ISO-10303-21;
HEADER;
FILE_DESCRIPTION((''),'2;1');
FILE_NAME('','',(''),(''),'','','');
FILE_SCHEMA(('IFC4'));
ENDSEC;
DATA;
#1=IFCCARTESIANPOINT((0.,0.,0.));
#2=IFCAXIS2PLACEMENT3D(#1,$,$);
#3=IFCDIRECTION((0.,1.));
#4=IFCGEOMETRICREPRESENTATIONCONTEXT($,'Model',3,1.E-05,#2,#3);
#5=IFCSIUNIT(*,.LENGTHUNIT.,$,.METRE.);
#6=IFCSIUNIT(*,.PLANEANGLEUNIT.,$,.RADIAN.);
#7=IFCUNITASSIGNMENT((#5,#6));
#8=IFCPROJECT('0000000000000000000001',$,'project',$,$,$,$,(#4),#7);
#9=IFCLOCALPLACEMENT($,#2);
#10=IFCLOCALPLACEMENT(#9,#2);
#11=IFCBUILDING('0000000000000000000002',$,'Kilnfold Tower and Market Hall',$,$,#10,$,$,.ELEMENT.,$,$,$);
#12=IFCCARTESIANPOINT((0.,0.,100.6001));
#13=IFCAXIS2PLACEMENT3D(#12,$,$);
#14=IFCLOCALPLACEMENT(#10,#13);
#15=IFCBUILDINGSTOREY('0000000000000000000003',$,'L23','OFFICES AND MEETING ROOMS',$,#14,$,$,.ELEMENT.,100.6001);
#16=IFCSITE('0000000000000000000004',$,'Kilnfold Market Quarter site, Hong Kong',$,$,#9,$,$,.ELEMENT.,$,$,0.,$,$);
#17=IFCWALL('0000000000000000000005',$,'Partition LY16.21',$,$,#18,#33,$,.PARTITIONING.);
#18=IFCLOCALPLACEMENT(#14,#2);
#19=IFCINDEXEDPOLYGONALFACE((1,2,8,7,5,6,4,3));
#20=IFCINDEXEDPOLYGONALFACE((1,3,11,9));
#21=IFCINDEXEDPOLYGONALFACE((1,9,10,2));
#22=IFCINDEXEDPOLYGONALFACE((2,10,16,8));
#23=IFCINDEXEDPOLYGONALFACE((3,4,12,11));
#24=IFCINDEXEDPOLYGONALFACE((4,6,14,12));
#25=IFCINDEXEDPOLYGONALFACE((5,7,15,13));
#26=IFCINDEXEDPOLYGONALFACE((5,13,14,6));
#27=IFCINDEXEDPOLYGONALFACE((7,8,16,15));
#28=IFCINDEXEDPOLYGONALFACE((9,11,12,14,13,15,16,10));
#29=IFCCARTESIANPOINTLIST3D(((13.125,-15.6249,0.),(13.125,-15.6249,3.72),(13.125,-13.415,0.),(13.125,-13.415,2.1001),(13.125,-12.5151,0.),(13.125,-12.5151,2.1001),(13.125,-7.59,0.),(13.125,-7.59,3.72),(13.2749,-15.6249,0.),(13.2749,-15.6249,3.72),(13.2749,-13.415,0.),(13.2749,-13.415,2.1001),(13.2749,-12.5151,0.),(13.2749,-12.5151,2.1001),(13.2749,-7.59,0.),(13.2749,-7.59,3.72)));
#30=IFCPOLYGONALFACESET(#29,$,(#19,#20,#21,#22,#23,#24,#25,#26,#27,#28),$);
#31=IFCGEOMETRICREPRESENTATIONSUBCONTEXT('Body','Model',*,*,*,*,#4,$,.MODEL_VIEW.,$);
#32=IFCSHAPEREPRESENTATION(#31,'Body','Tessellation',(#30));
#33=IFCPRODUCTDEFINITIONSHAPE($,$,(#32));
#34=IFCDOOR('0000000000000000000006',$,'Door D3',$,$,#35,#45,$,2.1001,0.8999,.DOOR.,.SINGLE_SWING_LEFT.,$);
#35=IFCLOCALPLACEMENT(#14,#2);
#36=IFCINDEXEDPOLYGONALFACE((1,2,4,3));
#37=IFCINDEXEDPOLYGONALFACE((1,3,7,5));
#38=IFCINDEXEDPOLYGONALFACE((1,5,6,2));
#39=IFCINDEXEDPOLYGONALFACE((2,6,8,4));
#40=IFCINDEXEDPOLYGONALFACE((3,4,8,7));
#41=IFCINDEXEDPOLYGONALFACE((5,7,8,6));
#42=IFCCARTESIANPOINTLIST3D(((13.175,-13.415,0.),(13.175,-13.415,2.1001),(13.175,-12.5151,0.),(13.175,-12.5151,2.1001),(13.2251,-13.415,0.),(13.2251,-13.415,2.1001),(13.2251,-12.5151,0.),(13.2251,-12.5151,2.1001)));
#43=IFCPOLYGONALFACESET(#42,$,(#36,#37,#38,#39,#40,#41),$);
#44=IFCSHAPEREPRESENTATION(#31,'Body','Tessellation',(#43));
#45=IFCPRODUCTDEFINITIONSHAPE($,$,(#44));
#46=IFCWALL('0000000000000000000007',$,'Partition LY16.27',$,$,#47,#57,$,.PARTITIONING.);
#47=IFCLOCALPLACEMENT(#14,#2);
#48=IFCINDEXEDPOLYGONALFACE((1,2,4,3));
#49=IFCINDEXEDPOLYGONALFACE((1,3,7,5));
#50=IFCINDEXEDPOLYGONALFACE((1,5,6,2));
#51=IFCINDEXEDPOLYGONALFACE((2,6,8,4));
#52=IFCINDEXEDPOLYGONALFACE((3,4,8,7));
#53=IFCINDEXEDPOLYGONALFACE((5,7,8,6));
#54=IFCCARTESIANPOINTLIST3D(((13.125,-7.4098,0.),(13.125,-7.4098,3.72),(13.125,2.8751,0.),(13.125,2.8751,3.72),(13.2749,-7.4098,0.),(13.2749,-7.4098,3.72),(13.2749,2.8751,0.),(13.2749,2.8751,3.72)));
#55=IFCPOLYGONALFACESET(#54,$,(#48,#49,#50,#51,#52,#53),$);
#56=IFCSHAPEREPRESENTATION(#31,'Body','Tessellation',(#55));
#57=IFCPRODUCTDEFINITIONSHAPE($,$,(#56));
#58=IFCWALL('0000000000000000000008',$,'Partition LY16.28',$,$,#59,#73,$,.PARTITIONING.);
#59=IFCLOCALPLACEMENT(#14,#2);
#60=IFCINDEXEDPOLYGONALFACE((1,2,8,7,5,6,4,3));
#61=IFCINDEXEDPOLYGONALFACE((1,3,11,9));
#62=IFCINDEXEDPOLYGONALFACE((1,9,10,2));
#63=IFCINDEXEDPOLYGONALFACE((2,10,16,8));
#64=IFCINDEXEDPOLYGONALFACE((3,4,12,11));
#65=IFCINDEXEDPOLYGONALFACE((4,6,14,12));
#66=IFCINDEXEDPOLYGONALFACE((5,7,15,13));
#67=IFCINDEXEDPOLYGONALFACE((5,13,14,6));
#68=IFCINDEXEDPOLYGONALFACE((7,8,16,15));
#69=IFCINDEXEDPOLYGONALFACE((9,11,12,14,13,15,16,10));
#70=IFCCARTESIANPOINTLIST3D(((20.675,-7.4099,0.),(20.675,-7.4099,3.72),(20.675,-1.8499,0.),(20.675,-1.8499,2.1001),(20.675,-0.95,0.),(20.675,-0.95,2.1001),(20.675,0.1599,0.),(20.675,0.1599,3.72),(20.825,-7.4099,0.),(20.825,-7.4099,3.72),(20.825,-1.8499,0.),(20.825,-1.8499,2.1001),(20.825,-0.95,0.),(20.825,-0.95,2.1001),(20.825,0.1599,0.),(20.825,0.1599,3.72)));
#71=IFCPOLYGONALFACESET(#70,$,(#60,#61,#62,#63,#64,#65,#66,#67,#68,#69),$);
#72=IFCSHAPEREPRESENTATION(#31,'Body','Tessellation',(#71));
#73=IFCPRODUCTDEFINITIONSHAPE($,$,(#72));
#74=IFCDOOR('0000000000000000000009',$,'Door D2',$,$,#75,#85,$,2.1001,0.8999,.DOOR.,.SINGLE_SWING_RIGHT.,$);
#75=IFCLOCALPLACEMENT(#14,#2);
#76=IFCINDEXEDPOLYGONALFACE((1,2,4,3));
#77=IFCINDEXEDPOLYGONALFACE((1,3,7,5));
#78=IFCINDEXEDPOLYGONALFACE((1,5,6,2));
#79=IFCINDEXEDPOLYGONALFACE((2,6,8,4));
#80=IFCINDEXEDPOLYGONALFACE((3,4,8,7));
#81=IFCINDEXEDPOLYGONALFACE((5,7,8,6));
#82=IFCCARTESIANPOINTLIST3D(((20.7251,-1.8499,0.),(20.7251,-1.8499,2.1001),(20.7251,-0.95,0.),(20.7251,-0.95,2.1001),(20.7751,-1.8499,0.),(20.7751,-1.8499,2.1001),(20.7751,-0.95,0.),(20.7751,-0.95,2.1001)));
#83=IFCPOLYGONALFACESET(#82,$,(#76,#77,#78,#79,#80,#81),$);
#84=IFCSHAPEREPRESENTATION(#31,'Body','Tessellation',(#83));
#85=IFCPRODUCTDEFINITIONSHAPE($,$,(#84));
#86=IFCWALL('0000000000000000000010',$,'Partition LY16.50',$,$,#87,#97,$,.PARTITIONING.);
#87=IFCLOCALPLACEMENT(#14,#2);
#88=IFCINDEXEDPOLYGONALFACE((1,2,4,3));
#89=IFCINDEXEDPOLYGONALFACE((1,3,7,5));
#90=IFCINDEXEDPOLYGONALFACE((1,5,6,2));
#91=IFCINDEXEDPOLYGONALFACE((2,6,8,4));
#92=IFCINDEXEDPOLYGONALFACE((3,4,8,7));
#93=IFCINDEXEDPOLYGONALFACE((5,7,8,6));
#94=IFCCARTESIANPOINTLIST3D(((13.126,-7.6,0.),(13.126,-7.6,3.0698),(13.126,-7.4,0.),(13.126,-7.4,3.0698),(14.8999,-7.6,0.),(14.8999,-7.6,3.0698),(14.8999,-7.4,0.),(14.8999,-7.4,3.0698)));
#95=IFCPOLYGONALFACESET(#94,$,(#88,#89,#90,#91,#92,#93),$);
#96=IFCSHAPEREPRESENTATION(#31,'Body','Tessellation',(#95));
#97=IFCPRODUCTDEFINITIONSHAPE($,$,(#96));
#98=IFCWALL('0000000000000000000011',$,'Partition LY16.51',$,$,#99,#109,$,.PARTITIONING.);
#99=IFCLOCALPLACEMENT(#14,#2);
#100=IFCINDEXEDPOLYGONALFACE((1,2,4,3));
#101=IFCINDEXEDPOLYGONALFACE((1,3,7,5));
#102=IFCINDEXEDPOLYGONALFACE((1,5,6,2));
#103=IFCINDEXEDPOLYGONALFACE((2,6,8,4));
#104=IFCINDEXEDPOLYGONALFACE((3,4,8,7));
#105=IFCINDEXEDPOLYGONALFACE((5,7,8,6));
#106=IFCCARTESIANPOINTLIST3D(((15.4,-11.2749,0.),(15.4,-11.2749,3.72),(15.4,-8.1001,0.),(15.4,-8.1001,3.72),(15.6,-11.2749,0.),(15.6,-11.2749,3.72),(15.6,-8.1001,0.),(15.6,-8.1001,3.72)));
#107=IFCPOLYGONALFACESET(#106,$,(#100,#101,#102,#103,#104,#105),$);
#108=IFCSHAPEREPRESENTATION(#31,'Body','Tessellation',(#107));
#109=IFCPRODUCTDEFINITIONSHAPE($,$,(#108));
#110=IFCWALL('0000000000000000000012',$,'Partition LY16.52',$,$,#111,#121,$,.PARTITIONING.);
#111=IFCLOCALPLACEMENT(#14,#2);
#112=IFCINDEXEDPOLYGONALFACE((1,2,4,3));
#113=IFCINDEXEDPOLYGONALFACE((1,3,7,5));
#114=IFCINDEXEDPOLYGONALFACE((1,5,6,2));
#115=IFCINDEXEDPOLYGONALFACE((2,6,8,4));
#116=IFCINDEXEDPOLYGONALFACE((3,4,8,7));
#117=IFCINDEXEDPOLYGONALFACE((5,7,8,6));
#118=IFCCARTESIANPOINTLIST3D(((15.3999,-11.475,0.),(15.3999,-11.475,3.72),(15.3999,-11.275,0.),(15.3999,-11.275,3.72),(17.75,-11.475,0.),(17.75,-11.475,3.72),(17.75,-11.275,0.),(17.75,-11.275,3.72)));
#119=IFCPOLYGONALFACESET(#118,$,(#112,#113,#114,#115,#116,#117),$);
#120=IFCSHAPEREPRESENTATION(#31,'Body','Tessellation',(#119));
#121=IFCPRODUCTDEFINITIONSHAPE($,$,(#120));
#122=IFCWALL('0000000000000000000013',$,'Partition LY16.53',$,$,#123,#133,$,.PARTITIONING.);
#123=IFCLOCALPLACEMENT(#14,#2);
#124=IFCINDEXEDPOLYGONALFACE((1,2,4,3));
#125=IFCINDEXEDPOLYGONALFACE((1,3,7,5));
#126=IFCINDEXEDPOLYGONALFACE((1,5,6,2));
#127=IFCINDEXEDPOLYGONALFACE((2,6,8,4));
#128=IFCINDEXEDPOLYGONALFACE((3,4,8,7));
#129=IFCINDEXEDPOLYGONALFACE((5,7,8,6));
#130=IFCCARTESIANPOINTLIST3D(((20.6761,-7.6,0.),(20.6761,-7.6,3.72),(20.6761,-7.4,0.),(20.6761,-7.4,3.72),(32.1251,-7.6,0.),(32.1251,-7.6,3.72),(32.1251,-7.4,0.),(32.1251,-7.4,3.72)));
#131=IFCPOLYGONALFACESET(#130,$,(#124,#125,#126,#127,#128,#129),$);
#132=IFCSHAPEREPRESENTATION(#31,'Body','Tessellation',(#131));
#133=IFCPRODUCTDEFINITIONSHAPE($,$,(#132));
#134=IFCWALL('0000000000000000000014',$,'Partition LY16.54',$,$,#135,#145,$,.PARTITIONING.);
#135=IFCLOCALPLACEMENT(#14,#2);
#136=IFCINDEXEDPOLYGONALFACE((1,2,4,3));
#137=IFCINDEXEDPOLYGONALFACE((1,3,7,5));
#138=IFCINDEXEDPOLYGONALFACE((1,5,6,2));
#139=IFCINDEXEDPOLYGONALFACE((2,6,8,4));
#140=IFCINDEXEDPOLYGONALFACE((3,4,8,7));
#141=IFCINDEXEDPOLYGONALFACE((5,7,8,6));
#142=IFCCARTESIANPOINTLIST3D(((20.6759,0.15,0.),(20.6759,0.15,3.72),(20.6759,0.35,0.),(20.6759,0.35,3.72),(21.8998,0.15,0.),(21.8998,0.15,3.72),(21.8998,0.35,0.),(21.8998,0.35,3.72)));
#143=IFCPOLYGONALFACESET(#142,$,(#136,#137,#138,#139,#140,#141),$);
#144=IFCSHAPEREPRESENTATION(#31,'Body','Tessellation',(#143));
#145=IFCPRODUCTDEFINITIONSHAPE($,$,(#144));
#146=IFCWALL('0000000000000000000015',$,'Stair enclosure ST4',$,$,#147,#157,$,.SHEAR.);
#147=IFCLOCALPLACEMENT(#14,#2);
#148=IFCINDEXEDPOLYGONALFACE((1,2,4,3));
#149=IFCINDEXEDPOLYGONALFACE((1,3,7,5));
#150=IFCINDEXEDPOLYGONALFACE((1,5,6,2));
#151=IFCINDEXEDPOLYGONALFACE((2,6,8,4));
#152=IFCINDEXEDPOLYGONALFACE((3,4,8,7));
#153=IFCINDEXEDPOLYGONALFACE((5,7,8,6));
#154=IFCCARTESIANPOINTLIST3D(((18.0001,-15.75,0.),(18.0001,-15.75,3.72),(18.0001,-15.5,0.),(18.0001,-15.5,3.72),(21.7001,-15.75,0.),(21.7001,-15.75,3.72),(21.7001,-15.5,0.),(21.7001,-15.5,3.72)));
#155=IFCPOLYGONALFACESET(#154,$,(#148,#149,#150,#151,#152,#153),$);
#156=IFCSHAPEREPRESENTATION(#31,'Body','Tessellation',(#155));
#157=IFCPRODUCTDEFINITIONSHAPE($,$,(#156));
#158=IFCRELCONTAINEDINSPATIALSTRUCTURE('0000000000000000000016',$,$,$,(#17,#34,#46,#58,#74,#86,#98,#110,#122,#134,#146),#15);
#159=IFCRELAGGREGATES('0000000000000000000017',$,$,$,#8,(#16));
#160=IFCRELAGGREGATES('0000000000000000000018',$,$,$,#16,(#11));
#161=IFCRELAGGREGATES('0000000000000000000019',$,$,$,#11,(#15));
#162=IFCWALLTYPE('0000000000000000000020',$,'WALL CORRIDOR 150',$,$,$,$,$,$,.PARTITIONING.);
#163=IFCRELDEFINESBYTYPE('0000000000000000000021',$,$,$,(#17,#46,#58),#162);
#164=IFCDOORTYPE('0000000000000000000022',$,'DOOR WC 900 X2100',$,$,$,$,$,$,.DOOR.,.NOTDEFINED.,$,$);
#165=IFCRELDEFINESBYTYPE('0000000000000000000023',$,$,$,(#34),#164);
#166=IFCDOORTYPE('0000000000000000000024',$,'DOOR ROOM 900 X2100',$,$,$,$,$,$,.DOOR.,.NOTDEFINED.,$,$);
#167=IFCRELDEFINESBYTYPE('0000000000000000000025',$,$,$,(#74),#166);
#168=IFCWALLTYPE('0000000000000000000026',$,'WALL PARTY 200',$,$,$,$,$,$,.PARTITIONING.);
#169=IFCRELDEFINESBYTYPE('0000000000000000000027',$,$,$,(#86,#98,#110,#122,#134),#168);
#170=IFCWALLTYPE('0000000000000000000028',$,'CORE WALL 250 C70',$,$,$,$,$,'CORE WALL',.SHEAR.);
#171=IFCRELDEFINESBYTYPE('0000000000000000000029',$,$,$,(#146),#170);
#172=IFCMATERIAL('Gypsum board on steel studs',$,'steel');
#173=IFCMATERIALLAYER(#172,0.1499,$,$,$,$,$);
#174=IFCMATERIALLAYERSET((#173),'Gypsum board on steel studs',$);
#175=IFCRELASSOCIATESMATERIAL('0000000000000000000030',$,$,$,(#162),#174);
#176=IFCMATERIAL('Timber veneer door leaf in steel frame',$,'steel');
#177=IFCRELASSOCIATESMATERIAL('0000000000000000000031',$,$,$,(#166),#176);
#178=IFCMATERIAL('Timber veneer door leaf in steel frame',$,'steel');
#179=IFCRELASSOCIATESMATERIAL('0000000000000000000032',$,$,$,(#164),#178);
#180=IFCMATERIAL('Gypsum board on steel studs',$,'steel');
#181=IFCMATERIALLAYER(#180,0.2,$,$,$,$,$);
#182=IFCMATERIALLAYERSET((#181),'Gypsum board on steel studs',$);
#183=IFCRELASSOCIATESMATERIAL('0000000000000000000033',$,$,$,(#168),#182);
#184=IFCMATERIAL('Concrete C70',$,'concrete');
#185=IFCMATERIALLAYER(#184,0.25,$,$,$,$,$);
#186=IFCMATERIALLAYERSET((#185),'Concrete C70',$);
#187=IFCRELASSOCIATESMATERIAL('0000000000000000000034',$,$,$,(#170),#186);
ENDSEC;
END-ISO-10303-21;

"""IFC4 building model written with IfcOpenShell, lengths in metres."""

from ifc_helpers import new_model, si_unit, direction, frame, frame_2d, origin, place, context, subcontext, project, spatial, rectangle, extrude, source, transform, mapped, material, layer, layer_set, type_object, element, fill, save


model = new_model("IFC4")

# Units and contexts
model_context = context("Model", 3, precision=1e-05, world=origin(), true_north=direction((0.0, 1.0)))
body_context = subcontext(model_context, "Body", "Model", "MODEL_VIEW")
ifc_project = project(units=[si_unit("LENGTHUNIT", "METRE"), si_unit("PLANEANGLEUNIT", "RADIAN")], contexts=[model_context])

# Site, building, storey
site_placement = place(None, origin())
site = spatial("IfcSite", under=ifc_project, at=site_placement, Name="Kilnfold Market Quarter site, Hong Kong", CompositionType="ELEMENT", RefElevation=0.0)
building_placement = place(site_placement, origin())
building = spatial("IfcBuilding", under=site, at=building_placement, Name="Kilnfold Tower and Market Hall", CompositionType="ELEMENT")
storey_placement = place(building_placement, frame((0.0, 0.0, 100.6001)))
storey = spatial("IfcBuildingStorey", under=building, at=storey_placement, Name="L23", Description="OFFICES AND MEETING ROOMS", CompositionType="ELEMENT", Elevation=100.6001)

# Shared definitions
ifc_material_1 = material(Name="Gypsum board on steel studs", Category="steel")
ifc_layer_1 = layer(ifc_material_1, 0.1499)
ifc_layer_set_1 = layer_set([ifc_layer_1], Name="Gypsum board on steel studs")
wall_type_1 = type_object("IfcWallType", Name="WALL CORRIDOR 150", PredefinedType="PARTITIONING", material=ifc_layer_set_1)

# Shared definitions
ifc_material_2 = material(Name="Timber veneer door leaf in steel frame", Category="steel")
door_type_1 = type_object("IfcDoorType", Name="DOOR ROOM 900 X2100", OperationType="NOTDEFINED", PredefinedType="DOOR", material=ifc_material_2)

# Wall, opening, door
wall_1_placement = place(storey_placement, frame((13.2, -15.625, 0.0), z_axis=(0.0, 0.0, 1.0), x_axis=(0.0, 1.0, 0.0)))
wall_1 = element("IfcWall", 1, at=wall_1_placement, inside=storey, type_object=wall_type_1, Name="Partition LY16.21", PredefinedType="PARTITIONING", context=body_context, shape_type="SweptSolid", body=[
    extrude(rectangle(XDim=8.0349, YDim=0.1499, at=frame_2d((4.0176, 0.0))), origin(), (0.0, 0.0, 1.0), 3.72),
])
opening_1_placement = place(wall_1_placement, frame((2.21, 0.0, 0.0)))
opening_1 = element("IfcOpeningElement", 2, at=opening_1_placement, cuts=wall_1, PredefinedType="OPENING", context=body_context, shape_type="SweptSolid", body=[
    extrude(rectangle(XDim=0.8999, YDim=2.1001, at=frame_2d((0.45, 1.05))), frame((0.0, 0.085, 0.0), z_axis=(0.0, -1.0, 0.0), x_axis=(1.0, 0.0, 0.0)), (0.0, 0.0, 1.0), 0.1699),
])
ifc_material_3 = material(Name="Timber veneer door leaf in steel frame", Category="steel")
door_type_2 = type_object("IfcDoorType", Name="DOOR WC 900 X2100", OperationType="NOTDEFINED", PredefinedType="DOOR", material=ifc_material_3)
door_1_placement = place(opening_1_placement, origin())
door_1 = element("IfcDoor", 3, at=door_1_placement, inside=storey, type_object=door_type_2, Name="Door D3", OperationType="SINGLE_SWING_LEFT", OverallHeight=2.1001, OverallWidth=0.8999, PredefinedType="DOOR", context=body_context, shape_type="SweptSolid", body=[
    extrude(rectangle(XDim=0.8999, YDim=2.1001, at=frame_2d((0.45, 1.05))), frame((0.0, 0.0249, 0.0), z_axis=(0.0, -1.0, 0.0), x_axis=(1.0, 0.0, 0.0)), (0.0, 0.0, 1.0), 0.05),
])
fill(opening_1, door_1)

# Wall
wall_2_placement = place(storey_placement, frame((13.2, -7.4099, 0.0), z_axis=(0.0, 0.0, 1.0), x_axis=(0.0, 1.0, 0.0)))
element("IfcWall", 4, at=wall_2_placement, inside=storey, type_object=wall_type_1, Name="Partition LY16.27", PredefinedType="PARTITIONING", context=body_context, shape_type="SweptSolid", body=[
    extrude(rectangle(XDim=10.2849, YDim=0.1499, at=frame_2d((5.1426, 0.0))), origin(), (0.0, 0.0, 1.0), 3.72),
])

# Wall, opening, door
wall_3_placement = place(storey_placement, frame((20.75, -7.4099, 0.0), z_axis=(0.0, 0.0, 1.0), x_axis=(0.0, 1.0, 0.0)))
wall_3 = element("IfcWall", 5, at=wall_3_placement, inside=storey, type_object=wall_type_1, Name="Partition LY16.28", PredefinedType="PARTITIONING", context=body_context, shape_type="SweptSolid", body=[
    extrude(rectangle(XDim=7.5698, YDim=0.1499, at=frame_2d((3.7849, 0.0))), origin(), (0.0, 0.0, 1.0), 3.72),
])
opening_2_placement = place(wall_3_placement, frame((5.5601, 0.0, 0.0)))
opening_2 = element("IfcOpeningElement", 6, at=opening_2_placement, cuts=wall_3, PredefinedType="OPENING", context=body_context, shape_type="SweptSolid", body=[
    extrude(rectangle(XDim=0.8999, YDim=2.1001, at=frame_2d((0.45, 1.05))), frame((0.0, 0.085, 0.0), z_axis=(0.0, -1.0, 0.0), x_axis=(1.0, 0.0, 0.0)), (0.0, 0.0, 1.0), 0.1699),
])
door_2_placement = place(opening_2_placement, origin())
door_2 = element("IfcDoor", 7, at=door_2_placement, inside=storey, type_object=door_type_1, Name="Door D2", OperationType="SINGLE_SWING_RIGHT", OverallHeight=2.1001, OverallWidth=0.8999, PredefinedType="DOOR", context=body_context, shape_type="SweptSolid", body=[
    extrude(rectangle(XDim=0.8999, YDim=2.1001, at=frame_2d((0.45, 1.05))), frame((0.0, 0.0249, 0.0), z_axis=(0.0, -1.0, 0.0), x_axis=(1.0, 0.0, 0.0)), (0.0, 0.0, 1.0), 0.05),
])
fill(opening_2, door_2)

# Walls
ifc_material_4 = material(Name="Gypsum board on steel studs", Category="steel")
ifc_layer_2 = layer(ifc_material_4, 0.2)
ifc_layer_set_2 = layer_set([ifc_layer_2], Name="Gypsum board on steel studs")
wall_type_2 = type_object("IfcWallType", Name="WALL PARTY 200", PredefinedType="PARTITIONING", material=ifc_layer_set_2)
wall_4_placement = place(storey_placement, frame((13.126, -7.5, 0.0), z_axis=(0.0, 0.0, 1.0), x_axis=(1.0, 0.0, 0.0)))
element("IfcWall", 8, at=wall_4_placement, inside=storey, type_object=wall_type_2, Name="Partition LY16.50", PredefinedType="PARTITIONING", context=body_context, shape_type="SweptSolid", body=[
    extrude(rectangle(XDim=1.7739, YDim=0.2, at=frame_2d((0.887, 0.0))), origin(), (0.0, 0.0, 1.0), 3.0698),
])
wall_5_placement = place(storey_placement, frame((15.5, -11.2749, 0.0), z_axis=(0.0, 0.0, 1.0), x_axis=(0.0, 1.0, 0.0)))
element("IfcWall", 9, at=wall_5_placement, inside=storey, type_object=wall_type_2, Name="Partition LY16.51", PredefinedType="PARTITIONING", context=body_context, shape_type="SweptSolid", body=[
    extrude(rectangle(XDim=3.1748, YDim=0.2, at=frame_2d((1.5874, 0.0))), origin(), (0.0, 0.0, 1.0), 3.72),
])
wall_6_placement = place(storey_placement, frame((17.75, -11.375, 0.0), z_axis=(0.0, 0.0, 1.0), x_axis=(-1.0, 0.0, 0.0)))
element("IfcWall", 10, at=wall_6_placement, inside=storey, type_object=wall_type_2, Name="Partition LY16.52", PredefinedType="PARTITIONING", context=body_context, shape_type="SweptSolid", body=[
    extrude(rectangle(XDim=2.3501, YDim=0.2, at=frame_2d((1.175, 0.0))), origin(), (0.0, 0.0, 1.0), 3.72),
])
wall_7_placement = place(storey_placement, frame((20.676, -7.5, 0.0), z_axis=(0.0, 0.0, 1.0), x_axis=(1.0, 0.0, 0.0)))
element("IfcWall", 11, at=wall_7_placement, inside=storey, type_object=wall_type_2, Name="Partition LY16.53", PredefinedType="PARTITIONING", context=body_context, shape_type="SweptSolid", body=[
    extrude(rectangle(XDim=11.449, YDim=0.2, at=frame_2d((5.7246, 0.0))), origin(), (0.0, 0.0, 1.0), 3.72),
])
wall_8_placement = place(storey_placement, frame((20.676, 0.25, 0.0), z_axis=(0.0, 0.0, 1.0), x_axis=(1.0, 0.0, 0.0)))
element("IfcWall", 12, at=wall_8_placement, inside=storey, type_object=wall_type_2, Name="Partition LY16.54", PredefinedType="PARTITIONING", context=body_context, shape_type="SweptSolid", body=[
    extrude(rectangle(XDim=1.2239, YDim=0.2, at=frame_2d((0.6118, 0.0))), origin(), (0.0, 0.0, 1.0), 3.72),
])
ifc_material_5 = material(Name="Concrete C70", Category="concrete")
ifc_layer_3 = layer(ifc_material_5, 0.25)
ifc_layer_set_3 = layer_set([ifc_layer_3], Name="Concrete C70")
wall_type_3 = type_object("IfcWallType", Name="CORE WALL 250 C70", ElementType="CORE WALL", PredefinedType="SHEAR", material=ifc_layer_set_3)
shared_shape_1 = source(origin(), body_context, "Body", "SweptSolid", [
    extrude(rectangle(XDim=3.7, YDim=0.25, at=frame_2d((1.8501, 0.0))), origin(), (0.0, 0.0, 1.0), 3.72),
])
wall_9_placement = place(storey_placement, frame((18.0, -15.625, 0.0), z_axis=(0.0, 0.0, 1.0), x_axis=(1.0, 0.0, 0.0)))
element("IfcWall", 13, at=wall_9_placement, inside=storey, type_object=wall_type_3, Name="Stair enclosure ST4", PredefinedType="SHEAR", context=body_context, shape_type="MappedRepresentation", body=[
    mapped(shared_shape_1, transform((0.0, 0.0, 0.0))),
])

save(model, "model.ifc")
